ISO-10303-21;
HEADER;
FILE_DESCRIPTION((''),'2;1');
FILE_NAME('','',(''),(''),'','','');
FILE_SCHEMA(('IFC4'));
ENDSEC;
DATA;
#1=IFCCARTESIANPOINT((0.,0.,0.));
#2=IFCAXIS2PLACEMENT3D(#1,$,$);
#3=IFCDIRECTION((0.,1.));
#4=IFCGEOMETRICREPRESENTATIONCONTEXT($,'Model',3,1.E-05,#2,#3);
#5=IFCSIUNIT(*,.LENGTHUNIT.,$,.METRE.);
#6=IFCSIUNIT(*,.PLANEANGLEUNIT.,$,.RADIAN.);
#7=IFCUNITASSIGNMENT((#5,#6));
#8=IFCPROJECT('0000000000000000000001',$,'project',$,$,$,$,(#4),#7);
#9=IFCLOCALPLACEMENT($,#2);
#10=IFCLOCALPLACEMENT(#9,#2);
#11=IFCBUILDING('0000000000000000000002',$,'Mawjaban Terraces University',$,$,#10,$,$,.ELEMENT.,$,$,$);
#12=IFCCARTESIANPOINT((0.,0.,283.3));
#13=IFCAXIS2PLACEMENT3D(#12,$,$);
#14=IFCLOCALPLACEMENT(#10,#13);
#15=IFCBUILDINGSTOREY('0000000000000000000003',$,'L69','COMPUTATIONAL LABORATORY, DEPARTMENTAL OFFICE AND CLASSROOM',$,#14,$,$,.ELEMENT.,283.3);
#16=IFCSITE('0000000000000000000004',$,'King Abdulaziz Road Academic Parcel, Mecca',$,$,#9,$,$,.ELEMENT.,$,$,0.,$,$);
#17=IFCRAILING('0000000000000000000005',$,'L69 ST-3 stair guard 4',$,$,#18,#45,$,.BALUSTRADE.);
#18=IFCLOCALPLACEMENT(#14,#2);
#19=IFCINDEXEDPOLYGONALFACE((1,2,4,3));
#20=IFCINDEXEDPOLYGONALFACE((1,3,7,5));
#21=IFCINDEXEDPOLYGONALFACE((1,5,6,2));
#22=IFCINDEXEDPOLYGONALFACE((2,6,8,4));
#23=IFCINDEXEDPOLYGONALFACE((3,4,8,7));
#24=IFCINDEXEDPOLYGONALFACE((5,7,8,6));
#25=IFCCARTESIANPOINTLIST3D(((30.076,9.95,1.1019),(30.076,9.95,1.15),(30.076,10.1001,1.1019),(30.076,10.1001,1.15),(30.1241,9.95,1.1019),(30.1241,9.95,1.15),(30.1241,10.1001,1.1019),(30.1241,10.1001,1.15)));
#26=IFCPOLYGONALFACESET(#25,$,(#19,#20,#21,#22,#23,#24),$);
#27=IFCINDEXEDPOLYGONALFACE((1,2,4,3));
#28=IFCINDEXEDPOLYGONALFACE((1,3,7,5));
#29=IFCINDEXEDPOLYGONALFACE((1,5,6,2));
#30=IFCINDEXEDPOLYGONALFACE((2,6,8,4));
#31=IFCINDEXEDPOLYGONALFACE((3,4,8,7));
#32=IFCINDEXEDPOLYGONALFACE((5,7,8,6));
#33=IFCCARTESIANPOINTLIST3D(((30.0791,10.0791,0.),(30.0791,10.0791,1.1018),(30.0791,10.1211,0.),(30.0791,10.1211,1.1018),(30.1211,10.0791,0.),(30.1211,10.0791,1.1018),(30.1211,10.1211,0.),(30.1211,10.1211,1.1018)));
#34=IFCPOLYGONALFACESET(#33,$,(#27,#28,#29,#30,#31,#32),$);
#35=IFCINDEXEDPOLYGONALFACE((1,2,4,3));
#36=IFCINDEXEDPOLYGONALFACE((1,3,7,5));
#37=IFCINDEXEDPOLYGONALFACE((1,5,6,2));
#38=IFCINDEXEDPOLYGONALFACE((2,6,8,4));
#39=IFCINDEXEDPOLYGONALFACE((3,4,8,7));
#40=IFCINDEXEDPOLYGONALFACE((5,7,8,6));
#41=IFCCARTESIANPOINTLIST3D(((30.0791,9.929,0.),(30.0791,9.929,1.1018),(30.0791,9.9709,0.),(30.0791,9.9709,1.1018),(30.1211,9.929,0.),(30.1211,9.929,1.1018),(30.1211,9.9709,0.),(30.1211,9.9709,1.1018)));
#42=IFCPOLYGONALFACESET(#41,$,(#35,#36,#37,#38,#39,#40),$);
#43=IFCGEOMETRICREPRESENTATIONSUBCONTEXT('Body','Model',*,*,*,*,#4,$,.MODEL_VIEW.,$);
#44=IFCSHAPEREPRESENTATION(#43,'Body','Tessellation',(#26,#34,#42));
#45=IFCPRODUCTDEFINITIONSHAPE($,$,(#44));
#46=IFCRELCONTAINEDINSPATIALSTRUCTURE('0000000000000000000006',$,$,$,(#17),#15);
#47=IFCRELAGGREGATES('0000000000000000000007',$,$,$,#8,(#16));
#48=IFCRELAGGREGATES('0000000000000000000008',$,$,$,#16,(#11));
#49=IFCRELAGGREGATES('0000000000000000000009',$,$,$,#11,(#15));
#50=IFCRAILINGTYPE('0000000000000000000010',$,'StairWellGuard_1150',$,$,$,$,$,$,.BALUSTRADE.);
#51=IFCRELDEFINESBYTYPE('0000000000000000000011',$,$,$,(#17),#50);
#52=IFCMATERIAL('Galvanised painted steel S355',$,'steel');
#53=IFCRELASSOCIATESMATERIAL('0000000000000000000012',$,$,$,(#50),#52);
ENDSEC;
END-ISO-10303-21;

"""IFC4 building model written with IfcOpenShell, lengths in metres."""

from ifc_helpers import new_model, si_unit, direction, frame, origin, origin_2d, place, context, subcontext, project, spatial, rectangle, extrude, material, type_object, element, save


model = new_model("IFC4")

# Units and contexts
model_context = context("Model", 3, precision=1e-05, world=origin(), true_north=direction((0.0, 1.0)))
body_context = subcontext(model_context, "Body", "Model", "MODEL_VIEW")
ifc_project = project(units=[si_unit("LENGTHUNIT", "METRE"), si_unit("PLANEANGLEUNIT", "RADIAN")], contexts=[model_context])

# Site, building, storey
site_placement = place(None, origin())
site = spatial("IfcSite", under=ifc_project, at=site_placement, Name="King Abdulaziz Road Academic Parcel, Mecca", CompositionType="ELEMENT", RefElevation=0.0)
building_placement = place(site_placement, origin())
building = spatial("IfcBuilding", under=site, at=building_placement, Name="Mawjaban Terraces University", CompositionType="ELEMENT")
storey_placement = place(building_placement, frame((0.0, 0.0, 283.3)))
storey = spatial("IfcBuildingStorey", under=building, at=storey_placement, Name="L69", Description="COMPUTATIONAL LABORATORY, DEPARTMENTAL OFFICE AND CLASSROOM", CompositionType="ELEMENT", Elevation=283.3)

# Railing
ifc_material_1 = material(Name="Galvanised painted steel S355", Category="steel")
railing_type_1 = type_object("IfcRailingType", Name="StairWellGuard_1150", PredefinedType="BALUSTRADE", material=ifc_material_1)
railing_1_placement = place(storey_placement, frame((30.1001, 10.1001, 0.0)))
element("IfcRailing", 1, at=railing_1_placement, inside=storey, type_object=railing_type_1, Name="L69 ST-3 stair guard 4", PredefinedType="BALUSTRADE", context=body_context, shape_type="SweptSolid", body=[
    extrude(rectangle(XDim=0.0481, YDim=0.0481, at=origin_2d()), frame((0.0, 0.0, 1.126), z_axis=(0.0, -1.0, 0.0), x_axis=(1.0, 0.0, 0.0)), (0.0, 0.0, 1.0), 0.1501),
    extrude(rectangle(XDim=0.042, YDim=0.042, at=origin_2d()), origin(), (0.0, 0.0, 1.0), 1.1018),
    extrude(rectangle(XDim=0.042, YDim=0.042, at=origin_2d()), frame((0.0, -0.1501, 0.0)), (0.0, 0.0, 1.0), 1.1018),
])

save(model, "model.ifc")
